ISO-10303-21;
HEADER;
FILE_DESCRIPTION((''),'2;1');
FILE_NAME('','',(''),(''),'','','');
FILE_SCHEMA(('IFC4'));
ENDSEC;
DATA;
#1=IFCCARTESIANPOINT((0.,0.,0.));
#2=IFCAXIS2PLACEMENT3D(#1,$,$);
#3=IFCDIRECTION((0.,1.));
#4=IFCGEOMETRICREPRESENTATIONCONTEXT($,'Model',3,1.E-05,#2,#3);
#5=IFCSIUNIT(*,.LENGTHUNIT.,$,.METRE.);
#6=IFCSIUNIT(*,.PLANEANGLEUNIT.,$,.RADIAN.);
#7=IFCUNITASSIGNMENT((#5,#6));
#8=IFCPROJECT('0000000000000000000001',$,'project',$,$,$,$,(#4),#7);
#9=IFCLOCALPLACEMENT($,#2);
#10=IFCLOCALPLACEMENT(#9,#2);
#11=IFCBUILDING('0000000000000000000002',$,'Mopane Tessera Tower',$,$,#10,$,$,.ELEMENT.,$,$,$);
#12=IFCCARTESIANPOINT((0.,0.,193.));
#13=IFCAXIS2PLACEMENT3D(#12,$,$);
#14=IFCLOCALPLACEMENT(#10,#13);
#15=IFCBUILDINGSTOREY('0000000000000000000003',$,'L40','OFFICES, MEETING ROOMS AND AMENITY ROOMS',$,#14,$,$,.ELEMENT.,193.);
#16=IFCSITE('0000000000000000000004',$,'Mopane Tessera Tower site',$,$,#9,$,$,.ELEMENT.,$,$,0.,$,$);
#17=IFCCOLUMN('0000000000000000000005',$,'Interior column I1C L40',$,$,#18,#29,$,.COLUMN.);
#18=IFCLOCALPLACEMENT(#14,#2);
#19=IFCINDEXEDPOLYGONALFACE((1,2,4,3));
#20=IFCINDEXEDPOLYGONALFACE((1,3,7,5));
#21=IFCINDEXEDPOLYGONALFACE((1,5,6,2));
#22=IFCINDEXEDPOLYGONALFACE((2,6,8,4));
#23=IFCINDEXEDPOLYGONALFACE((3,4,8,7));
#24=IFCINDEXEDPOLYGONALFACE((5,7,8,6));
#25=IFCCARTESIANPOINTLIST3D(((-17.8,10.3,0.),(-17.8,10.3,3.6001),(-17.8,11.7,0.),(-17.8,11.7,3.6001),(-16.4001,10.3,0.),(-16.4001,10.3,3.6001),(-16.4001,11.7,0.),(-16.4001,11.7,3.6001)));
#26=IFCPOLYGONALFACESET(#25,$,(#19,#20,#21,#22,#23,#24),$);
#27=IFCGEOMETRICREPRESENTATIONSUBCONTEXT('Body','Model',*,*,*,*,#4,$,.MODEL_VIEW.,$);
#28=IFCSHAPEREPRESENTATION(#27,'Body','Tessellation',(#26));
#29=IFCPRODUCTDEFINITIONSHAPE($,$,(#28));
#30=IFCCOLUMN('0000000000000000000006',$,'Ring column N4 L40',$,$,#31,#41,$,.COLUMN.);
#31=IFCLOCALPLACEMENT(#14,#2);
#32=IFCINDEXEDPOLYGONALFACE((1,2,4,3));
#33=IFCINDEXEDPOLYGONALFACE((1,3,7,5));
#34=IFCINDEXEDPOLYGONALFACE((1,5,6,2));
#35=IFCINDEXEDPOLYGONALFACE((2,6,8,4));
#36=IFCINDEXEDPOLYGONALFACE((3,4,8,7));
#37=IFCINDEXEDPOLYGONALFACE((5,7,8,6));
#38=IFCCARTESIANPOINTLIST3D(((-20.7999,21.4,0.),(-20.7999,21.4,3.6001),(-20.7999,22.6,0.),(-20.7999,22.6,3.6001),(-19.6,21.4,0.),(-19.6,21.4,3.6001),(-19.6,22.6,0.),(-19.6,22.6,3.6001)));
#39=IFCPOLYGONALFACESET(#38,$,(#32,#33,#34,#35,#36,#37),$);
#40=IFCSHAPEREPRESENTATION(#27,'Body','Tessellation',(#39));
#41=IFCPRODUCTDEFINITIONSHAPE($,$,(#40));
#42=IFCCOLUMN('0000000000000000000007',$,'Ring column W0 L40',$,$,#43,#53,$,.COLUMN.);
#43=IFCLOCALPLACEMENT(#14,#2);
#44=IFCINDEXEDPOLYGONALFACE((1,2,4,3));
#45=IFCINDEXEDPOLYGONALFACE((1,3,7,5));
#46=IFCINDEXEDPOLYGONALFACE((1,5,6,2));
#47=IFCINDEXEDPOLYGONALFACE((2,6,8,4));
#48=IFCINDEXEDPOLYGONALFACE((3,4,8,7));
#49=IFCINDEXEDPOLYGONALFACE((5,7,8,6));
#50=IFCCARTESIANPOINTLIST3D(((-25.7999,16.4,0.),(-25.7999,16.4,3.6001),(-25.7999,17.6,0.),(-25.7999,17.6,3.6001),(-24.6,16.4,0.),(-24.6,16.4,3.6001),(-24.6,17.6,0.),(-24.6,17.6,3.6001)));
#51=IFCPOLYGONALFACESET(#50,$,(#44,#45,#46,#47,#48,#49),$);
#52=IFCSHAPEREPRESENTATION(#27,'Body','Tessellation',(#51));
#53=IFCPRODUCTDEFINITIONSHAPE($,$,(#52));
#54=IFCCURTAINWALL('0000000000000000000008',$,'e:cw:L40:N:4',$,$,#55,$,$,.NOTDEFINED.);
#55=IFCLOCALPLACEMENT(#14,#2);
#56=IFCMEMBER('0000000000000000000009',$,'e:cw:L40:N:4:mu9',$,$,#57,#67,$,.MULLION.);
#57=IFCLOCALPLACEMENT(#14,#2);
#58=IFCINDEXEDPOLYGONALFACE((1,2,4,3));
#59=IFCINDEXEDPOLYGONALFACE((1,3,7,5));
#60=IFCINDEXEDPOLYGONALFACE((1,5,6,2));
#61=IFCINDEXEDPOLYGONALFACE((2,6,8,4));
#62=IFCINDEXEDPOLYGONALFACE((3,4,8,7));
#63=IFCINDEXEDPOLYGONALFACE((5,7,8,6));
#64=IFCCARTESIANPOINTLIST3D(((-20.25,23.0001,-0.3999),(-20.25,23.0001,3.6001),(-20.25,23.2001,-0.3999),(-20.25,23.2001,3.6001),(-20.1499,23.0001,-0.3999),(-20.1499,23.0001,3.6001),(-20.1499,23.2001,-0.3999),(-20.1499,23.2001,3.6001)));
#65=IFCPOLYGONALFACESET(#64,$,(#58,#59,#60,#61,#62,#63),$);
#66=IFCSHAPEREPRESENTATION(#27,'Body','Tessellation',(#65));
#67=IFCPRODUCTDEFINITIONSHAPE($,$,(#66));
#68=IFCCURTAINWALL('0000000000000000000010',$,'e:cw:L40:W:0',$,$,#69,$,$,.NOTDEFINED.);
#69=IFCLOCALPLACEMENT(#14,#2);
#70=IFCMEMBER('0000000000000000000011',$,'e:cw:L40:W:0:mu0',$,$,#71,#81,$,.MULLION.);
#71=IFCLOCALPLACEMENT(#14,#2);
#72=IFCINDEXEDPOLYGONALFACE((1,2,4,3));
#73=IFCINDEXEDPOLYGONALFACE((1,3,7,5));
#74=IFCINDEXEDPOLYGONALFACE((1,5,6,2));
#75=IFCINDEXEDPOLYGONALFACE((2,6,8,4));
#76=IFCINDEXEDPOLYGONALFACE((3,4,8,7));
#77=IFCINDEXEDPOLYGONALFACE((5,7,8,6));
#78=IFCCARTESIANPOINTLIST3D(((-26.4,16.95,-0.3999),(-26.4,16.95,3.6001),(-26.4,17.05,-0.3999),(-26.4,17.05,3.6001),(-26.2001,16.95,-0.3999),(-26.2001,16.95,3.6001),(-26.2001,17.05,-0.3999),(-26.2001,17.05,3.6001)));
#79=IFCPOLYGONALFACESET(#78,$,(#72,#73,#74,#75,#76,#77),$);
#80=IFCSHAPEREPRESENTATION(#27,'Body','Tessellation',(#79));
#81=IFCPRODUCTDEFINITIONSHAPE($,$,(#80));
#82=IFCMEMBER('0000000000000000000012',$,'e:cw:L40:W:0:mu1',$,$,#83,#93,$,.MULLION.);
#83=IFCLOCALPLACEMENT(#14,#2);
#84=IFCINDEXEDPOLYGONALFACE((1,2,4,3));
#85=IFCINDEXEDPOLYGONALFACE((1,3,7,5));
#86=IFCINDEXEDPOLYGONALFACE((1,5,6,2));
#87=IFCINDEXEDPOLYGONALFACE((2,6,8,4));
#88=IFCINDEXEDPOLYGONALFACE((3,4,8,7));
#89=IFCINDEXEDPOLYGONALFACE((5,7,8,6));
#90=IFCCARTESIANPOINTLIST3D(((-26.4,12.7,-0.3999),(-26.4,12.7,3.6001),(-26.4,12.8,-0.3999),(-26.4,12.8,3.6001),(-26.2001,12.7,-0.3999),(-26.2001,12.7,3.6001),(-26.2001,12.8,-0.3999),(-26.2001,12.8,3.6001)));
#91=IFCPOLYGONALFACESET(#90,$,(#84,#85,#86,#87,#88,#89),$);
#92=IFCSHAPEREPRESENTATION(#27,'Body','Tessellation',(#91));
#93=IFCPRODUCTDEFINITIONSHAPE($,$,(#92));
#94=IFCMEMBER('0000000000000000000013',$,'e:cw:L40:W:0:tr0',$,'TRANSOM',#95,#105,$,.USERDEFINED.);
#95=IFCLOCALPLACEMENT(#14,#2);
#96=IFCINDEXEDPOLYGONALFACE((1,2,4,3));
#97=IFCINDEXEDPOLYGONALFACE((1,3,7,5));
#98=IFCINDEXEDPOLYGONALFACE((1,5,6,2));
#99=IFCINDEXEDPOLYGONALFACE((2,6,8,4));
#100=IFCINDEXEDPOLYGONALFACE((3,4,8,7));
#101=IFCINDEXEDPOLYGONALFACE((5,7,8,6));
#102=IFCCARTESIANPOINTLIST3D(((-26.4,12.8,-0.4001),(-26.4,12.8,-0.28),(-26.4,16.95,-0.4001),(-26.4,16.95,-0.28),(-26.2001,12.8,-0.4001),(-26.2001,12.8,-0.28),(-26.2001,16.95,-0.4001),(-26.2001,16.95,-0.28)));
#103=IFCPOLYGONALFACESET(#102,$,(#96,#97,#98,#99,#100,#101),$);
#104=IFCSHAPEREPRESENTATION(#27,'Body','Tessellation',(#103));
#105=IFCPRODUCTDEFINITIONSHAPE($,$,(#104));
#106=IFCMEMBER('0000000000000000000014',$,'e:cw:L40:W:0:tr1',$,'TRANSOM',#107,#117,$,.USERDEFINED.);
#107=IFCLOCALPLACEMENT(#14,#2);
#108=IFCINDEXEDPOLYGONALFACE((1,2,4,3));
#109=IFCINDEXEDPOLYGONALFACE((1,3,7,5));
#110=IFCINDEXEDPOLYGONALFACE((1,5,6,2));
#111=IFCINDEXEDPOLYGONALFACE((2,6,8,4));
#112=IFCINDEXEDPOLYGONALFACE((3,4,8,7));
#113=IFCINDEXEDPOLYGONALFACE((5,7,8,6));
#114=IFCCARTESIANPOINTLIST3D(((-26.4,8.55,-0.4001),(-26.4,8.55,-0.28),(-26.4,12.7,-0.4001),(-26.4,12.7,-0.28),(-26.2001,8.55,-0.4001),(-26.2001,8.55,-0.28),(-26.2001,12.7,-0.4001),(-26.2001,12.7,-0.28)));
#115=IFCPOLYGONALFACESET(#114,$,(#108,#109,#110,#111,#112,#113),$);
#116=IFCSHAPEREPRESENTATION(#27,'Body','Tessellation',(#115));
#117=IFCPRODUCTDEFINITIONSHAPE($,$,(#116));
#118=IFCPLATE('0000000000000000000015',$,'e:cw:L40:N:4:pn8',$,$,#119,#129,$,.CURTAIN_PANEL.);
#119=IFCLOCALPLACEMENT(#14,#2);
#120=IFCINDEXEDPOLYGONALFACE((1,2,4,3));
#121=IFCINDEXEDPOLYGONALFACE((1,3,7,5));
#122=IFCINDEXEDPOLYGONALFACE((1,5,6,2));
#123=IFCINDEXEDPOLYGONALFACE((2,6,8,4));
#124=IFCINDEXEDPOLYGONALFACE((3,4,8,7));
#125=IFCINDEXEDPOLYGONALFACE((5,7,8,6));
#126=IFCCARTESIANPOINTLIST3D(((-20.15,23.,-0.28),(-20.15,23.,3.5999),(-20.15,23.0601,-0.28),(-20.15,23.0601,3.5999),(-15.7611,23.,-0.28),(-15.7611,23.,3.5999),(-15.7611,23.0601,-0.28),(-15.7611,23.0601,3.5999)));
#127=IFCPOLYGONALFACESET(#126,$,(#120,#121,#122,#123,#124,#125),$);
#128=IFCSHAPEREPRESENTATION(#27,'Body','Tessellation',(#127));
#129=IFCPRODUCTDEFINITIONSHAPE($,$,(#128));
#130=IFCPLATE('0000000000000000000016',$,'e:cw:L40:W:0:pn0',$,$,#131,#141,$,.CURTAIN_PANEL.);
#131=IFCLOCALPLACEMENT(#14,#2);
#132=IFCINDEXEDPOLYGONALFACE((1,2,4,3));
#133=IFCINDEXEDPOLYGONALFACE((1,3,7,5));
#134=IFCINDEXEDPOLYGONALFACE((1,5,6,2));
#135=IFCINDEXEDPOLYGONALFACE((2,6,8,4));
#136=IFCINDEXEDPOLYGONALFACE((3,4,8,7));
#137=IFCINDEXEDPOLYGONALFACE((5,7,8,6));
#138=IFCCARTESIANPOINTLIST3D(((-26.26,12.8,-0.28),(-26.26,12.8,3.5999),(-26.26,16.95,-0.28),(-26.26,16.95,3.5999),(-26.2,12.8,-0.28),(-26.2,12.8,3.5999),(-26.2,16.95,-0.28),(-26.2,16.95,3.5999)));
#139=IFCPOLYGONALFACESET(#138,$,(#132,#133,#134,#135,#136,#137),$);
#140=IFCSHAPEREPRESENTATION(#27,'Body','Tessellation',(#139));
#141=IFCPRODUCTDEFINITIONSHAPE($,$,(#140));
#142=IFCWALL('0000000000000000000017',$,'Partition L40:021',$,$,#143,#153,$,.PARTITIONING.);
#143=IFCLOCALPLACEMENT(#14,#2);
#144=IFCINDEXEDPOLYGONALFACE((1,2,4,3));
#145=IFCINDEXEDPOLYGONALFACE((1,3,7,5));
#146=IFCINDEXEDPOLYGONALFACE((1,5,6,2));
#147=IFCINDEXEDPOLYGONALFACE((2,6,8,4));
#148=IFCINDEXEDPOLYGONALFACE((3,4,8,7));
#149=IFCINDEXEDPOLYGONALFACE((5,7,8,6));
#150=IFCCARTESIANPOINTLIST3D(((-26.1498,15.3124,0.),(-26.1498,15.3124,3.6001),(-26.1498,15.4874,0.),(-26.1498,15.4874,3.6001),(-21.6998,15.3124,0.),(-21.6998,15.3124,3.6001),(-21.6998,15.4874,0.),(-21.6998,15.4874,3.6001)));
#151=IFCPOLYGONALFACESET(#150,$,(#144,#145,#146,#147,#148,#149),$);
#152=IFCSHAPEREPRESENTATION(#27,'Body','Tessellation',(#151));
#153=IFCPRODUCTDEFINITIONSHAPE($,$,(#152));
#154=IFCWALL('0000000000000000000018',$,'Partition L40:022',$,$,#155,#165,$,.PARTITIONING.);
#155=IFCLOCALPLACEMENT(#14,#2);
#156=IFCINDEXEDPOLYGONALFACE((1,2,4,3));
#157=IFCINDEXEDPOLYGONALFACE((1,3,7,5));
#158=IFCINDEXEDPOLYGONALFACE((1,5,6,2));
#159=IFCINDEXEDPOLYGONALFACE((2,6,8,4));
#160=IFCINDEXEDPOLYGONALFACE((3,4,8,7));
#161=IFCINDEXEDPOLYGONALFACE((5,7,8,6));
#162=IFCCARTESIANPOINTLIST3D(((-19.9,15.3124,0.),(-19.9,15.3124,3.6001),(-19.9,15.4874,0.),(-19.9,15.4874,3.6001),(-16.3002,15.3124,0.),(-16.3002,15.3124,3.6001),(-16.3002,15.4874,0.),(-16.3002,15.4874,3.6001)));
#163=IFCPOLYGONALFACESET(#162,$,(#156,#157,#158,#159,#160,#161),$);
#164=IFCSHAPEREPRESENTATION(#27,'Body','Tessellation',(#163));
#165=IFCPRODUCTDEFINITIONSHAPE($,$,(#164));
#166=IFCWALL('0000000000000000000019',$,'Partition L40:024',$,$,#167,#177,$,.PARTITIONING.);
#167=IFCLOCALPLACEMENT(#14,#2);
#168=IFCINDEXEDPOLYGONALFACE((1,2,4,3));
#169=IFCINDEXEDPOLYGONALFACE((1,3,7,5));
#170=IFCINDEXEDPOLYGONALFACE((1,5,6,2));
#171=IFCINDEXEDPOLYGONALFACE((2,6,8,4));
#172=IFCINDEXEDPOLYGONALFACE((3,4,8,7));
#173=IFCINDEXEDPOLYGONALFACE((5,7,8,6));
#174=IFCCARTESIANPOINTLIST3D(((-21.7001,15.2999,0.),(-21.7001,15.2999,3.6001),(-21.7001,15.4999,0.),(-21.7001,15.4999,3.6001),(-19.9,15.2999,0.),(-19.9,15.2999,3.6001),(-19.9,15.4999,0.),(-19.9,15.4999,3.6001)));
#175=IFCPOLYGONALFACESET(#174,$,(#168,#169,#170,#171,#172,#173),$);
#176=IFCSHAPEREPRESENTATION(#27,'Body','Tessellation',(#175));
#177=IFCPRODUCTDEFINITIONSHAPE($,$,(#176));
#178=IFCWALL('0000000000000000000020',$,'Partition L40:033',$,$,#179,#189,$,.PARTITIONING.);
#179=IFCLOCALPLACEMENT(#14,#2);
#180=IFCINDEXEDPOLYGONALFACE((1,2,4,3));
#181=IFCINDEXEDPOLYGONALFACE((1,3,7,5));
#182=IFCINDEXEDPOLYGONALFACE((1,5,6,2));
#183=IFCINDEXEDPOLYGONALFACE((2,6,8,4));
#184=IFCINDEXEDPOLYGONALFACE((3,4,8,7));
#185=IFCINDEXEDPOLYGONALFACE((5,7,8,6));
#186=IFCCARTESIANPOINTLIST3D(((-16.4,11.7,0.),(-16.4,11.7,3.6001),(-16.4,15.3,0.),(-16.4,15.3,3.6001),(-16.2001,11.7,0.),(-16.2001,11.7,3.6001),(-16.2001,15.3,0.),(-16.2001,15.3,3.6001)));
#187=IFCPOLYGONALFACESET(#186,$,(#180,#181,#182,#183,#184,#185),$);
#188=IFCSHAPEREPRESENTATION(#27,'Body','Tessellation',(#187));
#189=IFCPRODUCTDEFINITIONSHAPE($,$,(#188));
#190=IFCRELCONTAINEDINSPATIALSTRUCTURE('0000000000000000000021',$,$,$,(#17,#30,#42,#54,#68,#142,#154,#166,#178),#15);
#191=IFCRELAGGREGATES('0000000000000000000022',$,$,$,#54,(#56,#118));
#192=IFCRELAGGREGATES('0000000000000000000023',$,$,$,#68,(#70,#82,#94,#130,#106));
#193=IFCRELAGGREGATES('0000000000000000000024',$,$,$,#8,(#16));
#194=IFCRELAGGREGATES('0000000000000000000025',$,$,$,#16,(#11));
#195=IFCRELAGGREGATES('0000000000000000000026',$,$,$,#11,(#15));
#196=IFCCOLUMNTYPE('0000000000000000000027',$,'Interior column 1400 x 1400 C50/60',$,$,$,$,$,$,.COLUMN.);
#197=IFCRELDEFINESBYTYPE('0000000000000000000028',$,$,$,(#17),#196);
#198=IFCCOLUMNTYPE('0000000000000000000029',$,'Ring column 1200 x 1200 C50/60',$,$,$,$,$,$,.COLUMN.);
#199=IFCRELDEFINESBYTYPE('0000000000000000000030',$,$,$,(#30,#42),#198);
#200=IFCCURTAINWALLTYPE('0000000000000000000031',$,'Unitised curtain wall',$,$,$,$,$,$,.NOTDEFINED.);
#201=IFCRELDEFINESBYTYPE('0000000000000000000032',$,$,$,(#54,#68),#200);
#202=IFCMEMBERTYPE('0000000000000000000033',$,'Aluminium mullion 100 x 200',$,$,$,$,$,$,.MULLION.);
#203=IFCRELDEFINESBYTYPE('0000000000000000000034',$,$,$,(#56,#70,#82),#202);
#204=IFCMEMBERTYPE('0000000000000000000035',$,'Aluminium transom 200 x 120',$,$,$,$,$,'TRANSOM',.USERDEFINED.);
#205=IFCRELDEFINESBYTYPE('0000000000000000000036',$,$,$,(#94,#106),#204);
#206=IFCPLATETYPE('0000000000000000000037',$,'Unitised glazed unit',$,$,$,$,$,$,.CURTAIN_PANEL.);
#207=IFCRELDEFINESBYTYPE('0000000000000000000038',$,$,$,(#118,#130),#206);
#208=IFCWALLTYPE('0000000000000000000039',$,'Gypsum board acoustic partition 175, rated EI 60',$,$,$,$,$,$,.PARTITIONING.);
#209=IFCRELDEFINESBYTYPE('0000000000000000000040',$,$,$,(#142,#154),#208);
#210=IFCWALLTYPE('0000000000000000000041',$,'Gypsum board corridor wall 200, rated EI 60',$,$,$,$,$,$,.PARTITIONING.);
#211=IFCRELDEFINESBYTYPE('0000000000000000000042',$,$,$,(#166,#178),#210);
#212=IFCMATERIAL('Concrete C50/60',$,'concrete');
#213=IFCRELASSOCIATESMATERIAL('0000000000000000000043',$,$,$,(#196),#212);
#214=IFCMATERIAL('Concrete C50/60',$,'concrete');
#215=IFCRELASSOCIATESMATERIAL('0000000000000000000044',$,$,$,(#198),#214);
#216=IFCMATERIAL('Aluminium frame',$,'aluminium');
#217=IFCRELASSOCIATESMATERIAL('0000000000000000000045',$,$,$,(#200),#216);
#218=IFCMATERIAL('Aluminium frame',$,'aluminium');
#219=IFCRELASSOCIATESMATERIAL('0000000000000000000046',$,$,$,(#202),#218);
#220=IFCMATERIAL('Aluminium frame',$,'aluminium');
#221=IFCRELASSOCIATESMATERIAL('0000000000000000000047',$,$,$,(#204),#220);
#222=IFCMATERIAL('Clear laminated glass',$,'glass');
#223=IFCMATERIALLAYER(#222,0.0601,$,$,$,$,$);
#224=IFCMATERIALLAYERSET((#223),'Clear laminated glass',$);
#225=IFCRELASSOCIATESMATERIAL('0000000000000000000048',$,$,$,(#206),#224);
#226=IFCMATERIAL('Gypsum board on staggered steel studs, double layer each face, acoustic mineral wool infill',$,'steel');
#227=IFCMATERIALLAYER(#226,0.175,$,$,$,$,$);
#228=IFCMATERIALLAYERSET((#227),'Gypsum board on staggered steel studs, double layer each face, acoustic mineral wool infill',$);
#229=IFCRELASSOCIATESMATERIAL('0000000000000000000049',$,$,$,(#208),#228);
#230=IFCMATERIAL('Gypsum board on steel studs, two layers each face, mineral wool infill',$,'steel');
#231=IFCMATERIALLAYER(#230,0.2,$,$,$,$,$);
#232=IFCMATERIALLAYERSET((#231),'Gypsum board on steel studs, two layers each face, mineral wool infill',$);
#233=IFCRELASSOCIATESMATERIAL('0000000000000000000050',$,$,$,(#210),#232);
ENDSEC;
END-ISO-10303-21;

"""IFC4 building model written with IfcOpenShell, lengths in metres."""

from ifc_helpers import new_model, si_unit, direction, frame, frame_2d, origin, origin_2d, place, context, subcontext, project, spatial, rectangle, extrude, material, layer, layer_set, material_profile, profile_set, type_object, element, aggregate, save


model = new_model("IFC4")

# Units and contexts
model_context = context("Model", 3, precision=1e-05, world=origin(), true_north=direction((0.0, 1.0)))
body_context = subcontext(model_context, "Body", "Model", "MODEL_VIEW")
ifc_project = project(units=[si_unit("LENGTHUNIT", "METRE"), si_unit("PLANEANGLEUNIT", "RADIAN")], contexts=[model_context])

# Site, building, storey
site_placement = place(None, origin())
site = spatial("IfcSite", under=ifc_project, at=site_placement, Name="Mopane Tessera Tower site", CompositionType="ELEMENT", RefElevation=0.0)
building_placement = place(site_placement, origin())
building = spatial("IfcBuilding", under=site, at=building_placement, Name="Mopane Tessera Tower", CompositionType="ELEMENT")
storey_placement = place(building_placement, frame((0.0, 0.0, 193.0)))
storey = spatial("IfcBuildingStorey", under=building, at=storey_placement, Name="L40", Description="OFFICES, MEETING ROOMS AND AMENITY ROOMS", CompositionType="ELEMENT", Elevation=193.0)

# Columns
ifc_material_1 = material(Name="Concrete C50/60", Category="concrete")
ifc_material_profile_1 = material_profile(ifc_material_1, rectangle(XDim=1.3999, YDim=1.3999, at=origin_2d()))
ifc_profile_set_1 = profile_set([ifc_material_profile_1], Name="Concrete C50/60")
column_type_1 = type_object("IfcColumnType", Name="Interior column 1400 x 1400 C50/60", PredefinedType="COLUMN", material=ifc_profile_set_1)
column_placement = place(storey_placement, frame((-17.1001, 11.0, 0.0), z_axis=(0.0, 0.0, 1.0), x_axis=(1.0, 0.0, 0.0)))
element("IfcColumn", 1, at=column_placement, inside=storey, type_object=column_type_1, Name="Interior column I1C L40", PredefinedType="COLUMN", context=body_context, shape_type="SweptSolid", body=[
    extrude(rectangle(XDim=1.3999, YDim=1.3999, at=origin_2d()), origin(), (0.0, 0.0, 1.0), 3.6001),
])
ifc_material_2 = material(Name="Concrete C50/60", Category="concrete")
ifc_material_profile_2 = material_profile(ifc_material_2, rectangle(XDim=1.2, YDim=1.2, at=origin_2d()))
ifc_profile_set_2 = profile_set([ifc_material_profile_2], Name="Concrete C50/60")
column_type_2 = type_object("IfcColumnType", Name="Ring column 1200 x 1200 C50/60", PredefinedType="COLUMN", material=ifc_profile_set_2)
for number, where, z_axis, x_axis, name in (
    (2, (-20.2, 22.0, 0.0), (0.0, 0.0, 1.0), (1.0, 0.0, 0.0), "Ring column N4 L40"),
    (3, (-25.2, 17.0, 0.0), (0.0, 0.0, 1.0), (1.0, 0.0, 0.0), "Ring column W0 L40"),
):
    element("IfcColumn", number, at=place(storey_placement, frame(where, z_axis=z_axis, x_axis=x_axis)), inside=storey, type_object=column_type_2, Name=name, PredefinedType="COLUMN", context=body_context, shape_type="SweptSolid", body=[
        extrude(rectangle(XDim=1.2, YDim=1.2, at=origin_2d()), origin(), (0.0, 0.0, 1.0), 3.6001),
    ])

# Curtain wall, member
ifc_material_3 = material(Name="Aluminium frame", Category="aluminium")
curtain_wall_type = type_object("IfcCurtainWallType", Name="Unitised curtain wall", PredefinedType="NOTDEFINED", material=ifc_material_3)
curtain_wall_1_placement = place(storey_placement, origin())
curtain_wall_1 = element("IfcCurtainWall", 4, at=curtain_wall_1_placement, inside=storey, type_object=curtain_wall_type, Name="e:cw:L40:N:4", PredefinedType="NOTDEFINED")
ifc_material_4 = material(Name="Aluminium frame", Category="aluminium")
ifc_material_profile_3 = material_profile(ifc_material_4, rectangle(XDim=0.1001, YDim=0.2, at=origin_2d()))
ifc_profile_set_3 = profile_set([ifc_material_profile_3], Name="Aluminium frame")
member_type_1 = type_object("IfcMemberType", Name="Aluminium mullion 100 x 200", PredefinedType="MULLION", material=ifc_profile_set_3)
member_1_placement = place(storey_placement, frame((-20.2, 23.1001, -0.3999), z_axis=(0.0, 0.0, 1.0), x_axis=(-1.0, 0.0, 0.0)))
member_1 = element("IfcMember", 5, at=member_1_placement, type_object=member_type_1, Name="e:cw:L40:N:4:mu9", PredefinedType="MULLION", context=body_context, shape_type="SweptSolid", body=[
    extrude(rectangle(XDim=0.1001, YDim=0.2, at=origin_2d()), origin(), (0.0, 0.0, 1.0), 4.0),
])

# Curtain wall, members
curtain_wall_2_placement = place(storey_placement, origin())
curtain_wall_2 = element("IfcCurtainWall", 6, at=curtain_wall_2_placement, inside=storey, type_object=curtain_wall_type, Name="e:cw:L40:W:0", PredefinedType="NOTDEFINED")
member_2_placement = place(storey_placement, frame((-26.3, 17.0, -0.3999), z_axis=(0.0, 0.0, 1.0), x_axis=(0.0, -1.0, 0.0)))
member_2 = element("IfcMember", 7, at=member_2_placement, type_object=member_type_1, Name="e:cw:L40:W:0:mu0", PredefinedType="MULLION", context=body_context, shape_type="SweptSolid", body=[
    extrude(rectangle(XDim=0.1001, YDim=0.2, at=origin_2d()), origin(), (0.0, 0.0, 1.0), 4.0),
])
member_3_placement = place(storey_placement, frame((-26.3, 12.75, -0.3999), z_axis=(0.0, 0.0, 1.0), x_axis=(0.0, -1.0, 0.0)))
member_3 = element("IfcMember", 8, at=member_3_placement, type_object=member_type_1, Name="e:cw:L40:W:0:mu1", PredefinedType="MULLION", context=body_context, shape_type="SweptSolid", body=[
    extrude(rectangle(XDim=0.1001, YDim=0.2, at=origin_2d()), origin(), (0.0, 0.0, 1.0), 4.0),
])
ifc_material_5 = material(Name="Aluminium frame", Category="aluminium")
ifc_material_profile_4 = material_profile(ifc_material_5, rectangle(XDim=0.2, YDim=0.1201, at=origin_2d()))
ifc_profile_set_4 = profile_set([ifc_material_profile_4], Name="Aluminium frame")
member_type_2 = type_object("IfcMemberType", Name="Aluminium transom 200 x 120", ElementType="TRANSOM", PredefinedType="USERDEFINED", material=ifc_profile_set_4)
member_4_placement = place(storey_placement, frame((-26.3, 16.95, -0.3401), z_axis=(0.0, -1.0, 0.0), x_axis=(1.0, 0.0, 0.0)))
member_4 = element("IfcMember", 9, at=member_4_placement, type_object=member_type_2, Name="e:cw:L40:W:0:tr0", ObjectType="TRANSOM", PredefinedType="USERDEFINED", context=body_context, shape_type="SweptSolid", body=[
    extrude(rectangle(XDim=0.2, YDim=0.1201, at=origin_2d()), origin(), (0.0, 0.0, 1.0), 4.1499),
])
member_5_placement = place(storey_placement, frame((-26.3, 12.7, -0.3401), z_axis=(0.0, -1.0, 0.0), x_axis=(1.0, 0.0, 0.0)))
member_5 = element("IfcMember", 10, at=member_5_placement, type_object=member_type_2, Name="e:cw:L40:W:0:tr1", ObjectType="TRANSOM", PredefinedType="USERDEFINED", context=body_context, shape_type="SweptSolid", body=[
    extrude(rectangle(XDim=0.2, YDim=0.1201, at=origin_2d()), origin(), (0.0, 0.0, 1.0), 4.1499),
])

# Plates
ifc_material_6 = material(Name="Clear laminated glass", Category="glass")
ifc_layer_1 = layer(ifc_material_6, 0.0601)
ifc_layer_set_1 = layer_set([ifc_layer_1], Name="Clear laminated glass")
plate_type = type_object("IfcPlateType", Name="Unitised glazed unit", PredefinedType="CURTAIN_PANEL", material=ifc_layer_set_1)
plate_1_placement = place(storey_placement, frame((-17.9556, 23.03, -0.28), z_axis=(0.0, 0.0, 1.0), x_axis=(-1.0, 0.0, 0.0)))
plate_1 = element("IfcPlate", 11, at=plate_1_placement, type_object=plate_type, Name="e:cw:L40:N:4:pn8", PredefinedType="CURTAIN_PANEL", context=body_context, shape_type="SweptSolid", body=[
    extrude(rectangle(XDim=4.3889, YDim=0.0601, at=origin_2d()), origin(), (0.0, 0.0, 1.0), 3.8799),
])
aggregate(curtain_wall_1, [member_1, plate_1])
plate_2_placement = place(storey_placement, frame((-26.23, 14.875, -0.28), z_axis=(0.0, 0.0, 1.0), x_axis=(0.0, -1.0, 0.0)))
plate_2 = element("IfcPlate", 12, at=plate_2_placement, type_object=plate_type, Name="e:cw:L40:W:0:pn0", PredefinedType="CURTAIN_PANEL", context=body_context, shape_type="SweptSolid", body=[
    extrude(rectangle(XDim=4.1499, YDim=0.0601, at=origin_2d()), origin(), (0.0, 0.0, 1.0), 3.8799),
])
aggregate(curtain_wall_2, [member_2, member_3, member_4, plate_2, member_5])

# Walls
ifc_material_7 = material(Name="Gypsum board on staggered steel studs, double layer each face, acoustic mineral wool infill", Category="steel")
ifc_layer_2 = layer(ifc_material_7, 0.175)
ifc_layer_set_2 = layer_set([ifc_layer_2], Name="Gypsum board on staggered steel studs, double layer each face, acoustic mineral wool infill")
wall_type_1 = type_object("IfcWallType", Name="Gypsum board acoustic partition 175, rated EI 60", PredefinedType="PARTITIONING", material=ifc_layer_set_2)
wall_1_placement = place(storey_placement, frame((-26.1499, 15.3999, 0.0), z_axis=(0.0, 0.0, 1.0), x_axis=(1.0, 0.0, 0.0)))
element("IfcWall", 13, at=wall_1_placement, inside=storey, type_object=wall_type_1, Name="Partition L40:021", PredefinedType="PARTITIONING", context=body_context, shape_type="SweptSolid", body=[
    extrude(rectangle(XDim=4.45, YDim=0.175, at=frame_2d((2.2251, 0.0))), origin(), (0.0, 0.0, 1.0), 3.6001),
])
wall_2_placement = place(storey_placement, frame((-19.8999, 15.3999, 0.0), z_axis=(0.0, 0.0, 1.0), x_axis=(1.0, 0.0, 0.0)))
element("IfcWall", 14, at=wall_2_placement, inside=storey, type_object=wall_type_1, Name="Partition L40:022", PredefinedType="PARTITIONING", context=body_context, shape_type="SweptSolid", body=[
    extrude(rectangle(XDim=3.5999, YDim=0.175, at=frame_2d((1.7998, 0.0))), origin(), (0.0, 0.0, 1.0), 3.6001),
])
ifc_material_8 = material(Name="Gypsum board on steel studs, two layers each face, mineral wool infill", Category="steel")
ifc_layer_3 = layer(ifc_material_8, 0.2)
ifc_layer_set_3 = layer_set([ifc_layer_3], Name="Gypsum board on steel studs, two layers each face, mineral wool infill")
wall_type_2 = type_object("IfcWallType", Name="Gypsum board corridor wall 200, rated EI 60", PredefinedType="PARTITIONING", material=ifc_layer_set_3)
wall_3_placement = place(storey_placement, frame((-21.7, 15.3999, 0.0), z_axis=(0.0, 0.0, 1.0), x_axis=(1.0, 0.0, 0.0)))
element("IfcWall", 15, at=wall_3_placement, inside=storey, type_object=wall_type_2, Name="Partition L40:024", PredefinedType="PARTITIONING", context=body_context, shape_type="SweptSolid", body=[
    extrude(rectangle(XDim=1.8, YDim=0.2, at=frame_2d((0.8999, 0.0))), origin(), (0.0, 0.0, 1.0), 3.6001),
])
wall_4_placement = place(storey_placement, frame((-16.3, 11.7, 0.0), z_axis=(0.0, 0.0, 1.0), x_axis=(0.0, 1.0, 0.0)))
element("IfcWall", 16, at=wall_4_placement, inside=storey, type_object=wall_type_2, Name="Partition L40:033", PredefinedType="PARTITIONING", context=body_context, shape_type="SweptSolid", body=[
    extrude(rectangle(XDim=3.6001, YDim=0.2, at=frame_2d((1.8, 0.0))), origin(), (0.0, 0.0, 1.0), 3.6001),
])

save(model, "model.ifc")
